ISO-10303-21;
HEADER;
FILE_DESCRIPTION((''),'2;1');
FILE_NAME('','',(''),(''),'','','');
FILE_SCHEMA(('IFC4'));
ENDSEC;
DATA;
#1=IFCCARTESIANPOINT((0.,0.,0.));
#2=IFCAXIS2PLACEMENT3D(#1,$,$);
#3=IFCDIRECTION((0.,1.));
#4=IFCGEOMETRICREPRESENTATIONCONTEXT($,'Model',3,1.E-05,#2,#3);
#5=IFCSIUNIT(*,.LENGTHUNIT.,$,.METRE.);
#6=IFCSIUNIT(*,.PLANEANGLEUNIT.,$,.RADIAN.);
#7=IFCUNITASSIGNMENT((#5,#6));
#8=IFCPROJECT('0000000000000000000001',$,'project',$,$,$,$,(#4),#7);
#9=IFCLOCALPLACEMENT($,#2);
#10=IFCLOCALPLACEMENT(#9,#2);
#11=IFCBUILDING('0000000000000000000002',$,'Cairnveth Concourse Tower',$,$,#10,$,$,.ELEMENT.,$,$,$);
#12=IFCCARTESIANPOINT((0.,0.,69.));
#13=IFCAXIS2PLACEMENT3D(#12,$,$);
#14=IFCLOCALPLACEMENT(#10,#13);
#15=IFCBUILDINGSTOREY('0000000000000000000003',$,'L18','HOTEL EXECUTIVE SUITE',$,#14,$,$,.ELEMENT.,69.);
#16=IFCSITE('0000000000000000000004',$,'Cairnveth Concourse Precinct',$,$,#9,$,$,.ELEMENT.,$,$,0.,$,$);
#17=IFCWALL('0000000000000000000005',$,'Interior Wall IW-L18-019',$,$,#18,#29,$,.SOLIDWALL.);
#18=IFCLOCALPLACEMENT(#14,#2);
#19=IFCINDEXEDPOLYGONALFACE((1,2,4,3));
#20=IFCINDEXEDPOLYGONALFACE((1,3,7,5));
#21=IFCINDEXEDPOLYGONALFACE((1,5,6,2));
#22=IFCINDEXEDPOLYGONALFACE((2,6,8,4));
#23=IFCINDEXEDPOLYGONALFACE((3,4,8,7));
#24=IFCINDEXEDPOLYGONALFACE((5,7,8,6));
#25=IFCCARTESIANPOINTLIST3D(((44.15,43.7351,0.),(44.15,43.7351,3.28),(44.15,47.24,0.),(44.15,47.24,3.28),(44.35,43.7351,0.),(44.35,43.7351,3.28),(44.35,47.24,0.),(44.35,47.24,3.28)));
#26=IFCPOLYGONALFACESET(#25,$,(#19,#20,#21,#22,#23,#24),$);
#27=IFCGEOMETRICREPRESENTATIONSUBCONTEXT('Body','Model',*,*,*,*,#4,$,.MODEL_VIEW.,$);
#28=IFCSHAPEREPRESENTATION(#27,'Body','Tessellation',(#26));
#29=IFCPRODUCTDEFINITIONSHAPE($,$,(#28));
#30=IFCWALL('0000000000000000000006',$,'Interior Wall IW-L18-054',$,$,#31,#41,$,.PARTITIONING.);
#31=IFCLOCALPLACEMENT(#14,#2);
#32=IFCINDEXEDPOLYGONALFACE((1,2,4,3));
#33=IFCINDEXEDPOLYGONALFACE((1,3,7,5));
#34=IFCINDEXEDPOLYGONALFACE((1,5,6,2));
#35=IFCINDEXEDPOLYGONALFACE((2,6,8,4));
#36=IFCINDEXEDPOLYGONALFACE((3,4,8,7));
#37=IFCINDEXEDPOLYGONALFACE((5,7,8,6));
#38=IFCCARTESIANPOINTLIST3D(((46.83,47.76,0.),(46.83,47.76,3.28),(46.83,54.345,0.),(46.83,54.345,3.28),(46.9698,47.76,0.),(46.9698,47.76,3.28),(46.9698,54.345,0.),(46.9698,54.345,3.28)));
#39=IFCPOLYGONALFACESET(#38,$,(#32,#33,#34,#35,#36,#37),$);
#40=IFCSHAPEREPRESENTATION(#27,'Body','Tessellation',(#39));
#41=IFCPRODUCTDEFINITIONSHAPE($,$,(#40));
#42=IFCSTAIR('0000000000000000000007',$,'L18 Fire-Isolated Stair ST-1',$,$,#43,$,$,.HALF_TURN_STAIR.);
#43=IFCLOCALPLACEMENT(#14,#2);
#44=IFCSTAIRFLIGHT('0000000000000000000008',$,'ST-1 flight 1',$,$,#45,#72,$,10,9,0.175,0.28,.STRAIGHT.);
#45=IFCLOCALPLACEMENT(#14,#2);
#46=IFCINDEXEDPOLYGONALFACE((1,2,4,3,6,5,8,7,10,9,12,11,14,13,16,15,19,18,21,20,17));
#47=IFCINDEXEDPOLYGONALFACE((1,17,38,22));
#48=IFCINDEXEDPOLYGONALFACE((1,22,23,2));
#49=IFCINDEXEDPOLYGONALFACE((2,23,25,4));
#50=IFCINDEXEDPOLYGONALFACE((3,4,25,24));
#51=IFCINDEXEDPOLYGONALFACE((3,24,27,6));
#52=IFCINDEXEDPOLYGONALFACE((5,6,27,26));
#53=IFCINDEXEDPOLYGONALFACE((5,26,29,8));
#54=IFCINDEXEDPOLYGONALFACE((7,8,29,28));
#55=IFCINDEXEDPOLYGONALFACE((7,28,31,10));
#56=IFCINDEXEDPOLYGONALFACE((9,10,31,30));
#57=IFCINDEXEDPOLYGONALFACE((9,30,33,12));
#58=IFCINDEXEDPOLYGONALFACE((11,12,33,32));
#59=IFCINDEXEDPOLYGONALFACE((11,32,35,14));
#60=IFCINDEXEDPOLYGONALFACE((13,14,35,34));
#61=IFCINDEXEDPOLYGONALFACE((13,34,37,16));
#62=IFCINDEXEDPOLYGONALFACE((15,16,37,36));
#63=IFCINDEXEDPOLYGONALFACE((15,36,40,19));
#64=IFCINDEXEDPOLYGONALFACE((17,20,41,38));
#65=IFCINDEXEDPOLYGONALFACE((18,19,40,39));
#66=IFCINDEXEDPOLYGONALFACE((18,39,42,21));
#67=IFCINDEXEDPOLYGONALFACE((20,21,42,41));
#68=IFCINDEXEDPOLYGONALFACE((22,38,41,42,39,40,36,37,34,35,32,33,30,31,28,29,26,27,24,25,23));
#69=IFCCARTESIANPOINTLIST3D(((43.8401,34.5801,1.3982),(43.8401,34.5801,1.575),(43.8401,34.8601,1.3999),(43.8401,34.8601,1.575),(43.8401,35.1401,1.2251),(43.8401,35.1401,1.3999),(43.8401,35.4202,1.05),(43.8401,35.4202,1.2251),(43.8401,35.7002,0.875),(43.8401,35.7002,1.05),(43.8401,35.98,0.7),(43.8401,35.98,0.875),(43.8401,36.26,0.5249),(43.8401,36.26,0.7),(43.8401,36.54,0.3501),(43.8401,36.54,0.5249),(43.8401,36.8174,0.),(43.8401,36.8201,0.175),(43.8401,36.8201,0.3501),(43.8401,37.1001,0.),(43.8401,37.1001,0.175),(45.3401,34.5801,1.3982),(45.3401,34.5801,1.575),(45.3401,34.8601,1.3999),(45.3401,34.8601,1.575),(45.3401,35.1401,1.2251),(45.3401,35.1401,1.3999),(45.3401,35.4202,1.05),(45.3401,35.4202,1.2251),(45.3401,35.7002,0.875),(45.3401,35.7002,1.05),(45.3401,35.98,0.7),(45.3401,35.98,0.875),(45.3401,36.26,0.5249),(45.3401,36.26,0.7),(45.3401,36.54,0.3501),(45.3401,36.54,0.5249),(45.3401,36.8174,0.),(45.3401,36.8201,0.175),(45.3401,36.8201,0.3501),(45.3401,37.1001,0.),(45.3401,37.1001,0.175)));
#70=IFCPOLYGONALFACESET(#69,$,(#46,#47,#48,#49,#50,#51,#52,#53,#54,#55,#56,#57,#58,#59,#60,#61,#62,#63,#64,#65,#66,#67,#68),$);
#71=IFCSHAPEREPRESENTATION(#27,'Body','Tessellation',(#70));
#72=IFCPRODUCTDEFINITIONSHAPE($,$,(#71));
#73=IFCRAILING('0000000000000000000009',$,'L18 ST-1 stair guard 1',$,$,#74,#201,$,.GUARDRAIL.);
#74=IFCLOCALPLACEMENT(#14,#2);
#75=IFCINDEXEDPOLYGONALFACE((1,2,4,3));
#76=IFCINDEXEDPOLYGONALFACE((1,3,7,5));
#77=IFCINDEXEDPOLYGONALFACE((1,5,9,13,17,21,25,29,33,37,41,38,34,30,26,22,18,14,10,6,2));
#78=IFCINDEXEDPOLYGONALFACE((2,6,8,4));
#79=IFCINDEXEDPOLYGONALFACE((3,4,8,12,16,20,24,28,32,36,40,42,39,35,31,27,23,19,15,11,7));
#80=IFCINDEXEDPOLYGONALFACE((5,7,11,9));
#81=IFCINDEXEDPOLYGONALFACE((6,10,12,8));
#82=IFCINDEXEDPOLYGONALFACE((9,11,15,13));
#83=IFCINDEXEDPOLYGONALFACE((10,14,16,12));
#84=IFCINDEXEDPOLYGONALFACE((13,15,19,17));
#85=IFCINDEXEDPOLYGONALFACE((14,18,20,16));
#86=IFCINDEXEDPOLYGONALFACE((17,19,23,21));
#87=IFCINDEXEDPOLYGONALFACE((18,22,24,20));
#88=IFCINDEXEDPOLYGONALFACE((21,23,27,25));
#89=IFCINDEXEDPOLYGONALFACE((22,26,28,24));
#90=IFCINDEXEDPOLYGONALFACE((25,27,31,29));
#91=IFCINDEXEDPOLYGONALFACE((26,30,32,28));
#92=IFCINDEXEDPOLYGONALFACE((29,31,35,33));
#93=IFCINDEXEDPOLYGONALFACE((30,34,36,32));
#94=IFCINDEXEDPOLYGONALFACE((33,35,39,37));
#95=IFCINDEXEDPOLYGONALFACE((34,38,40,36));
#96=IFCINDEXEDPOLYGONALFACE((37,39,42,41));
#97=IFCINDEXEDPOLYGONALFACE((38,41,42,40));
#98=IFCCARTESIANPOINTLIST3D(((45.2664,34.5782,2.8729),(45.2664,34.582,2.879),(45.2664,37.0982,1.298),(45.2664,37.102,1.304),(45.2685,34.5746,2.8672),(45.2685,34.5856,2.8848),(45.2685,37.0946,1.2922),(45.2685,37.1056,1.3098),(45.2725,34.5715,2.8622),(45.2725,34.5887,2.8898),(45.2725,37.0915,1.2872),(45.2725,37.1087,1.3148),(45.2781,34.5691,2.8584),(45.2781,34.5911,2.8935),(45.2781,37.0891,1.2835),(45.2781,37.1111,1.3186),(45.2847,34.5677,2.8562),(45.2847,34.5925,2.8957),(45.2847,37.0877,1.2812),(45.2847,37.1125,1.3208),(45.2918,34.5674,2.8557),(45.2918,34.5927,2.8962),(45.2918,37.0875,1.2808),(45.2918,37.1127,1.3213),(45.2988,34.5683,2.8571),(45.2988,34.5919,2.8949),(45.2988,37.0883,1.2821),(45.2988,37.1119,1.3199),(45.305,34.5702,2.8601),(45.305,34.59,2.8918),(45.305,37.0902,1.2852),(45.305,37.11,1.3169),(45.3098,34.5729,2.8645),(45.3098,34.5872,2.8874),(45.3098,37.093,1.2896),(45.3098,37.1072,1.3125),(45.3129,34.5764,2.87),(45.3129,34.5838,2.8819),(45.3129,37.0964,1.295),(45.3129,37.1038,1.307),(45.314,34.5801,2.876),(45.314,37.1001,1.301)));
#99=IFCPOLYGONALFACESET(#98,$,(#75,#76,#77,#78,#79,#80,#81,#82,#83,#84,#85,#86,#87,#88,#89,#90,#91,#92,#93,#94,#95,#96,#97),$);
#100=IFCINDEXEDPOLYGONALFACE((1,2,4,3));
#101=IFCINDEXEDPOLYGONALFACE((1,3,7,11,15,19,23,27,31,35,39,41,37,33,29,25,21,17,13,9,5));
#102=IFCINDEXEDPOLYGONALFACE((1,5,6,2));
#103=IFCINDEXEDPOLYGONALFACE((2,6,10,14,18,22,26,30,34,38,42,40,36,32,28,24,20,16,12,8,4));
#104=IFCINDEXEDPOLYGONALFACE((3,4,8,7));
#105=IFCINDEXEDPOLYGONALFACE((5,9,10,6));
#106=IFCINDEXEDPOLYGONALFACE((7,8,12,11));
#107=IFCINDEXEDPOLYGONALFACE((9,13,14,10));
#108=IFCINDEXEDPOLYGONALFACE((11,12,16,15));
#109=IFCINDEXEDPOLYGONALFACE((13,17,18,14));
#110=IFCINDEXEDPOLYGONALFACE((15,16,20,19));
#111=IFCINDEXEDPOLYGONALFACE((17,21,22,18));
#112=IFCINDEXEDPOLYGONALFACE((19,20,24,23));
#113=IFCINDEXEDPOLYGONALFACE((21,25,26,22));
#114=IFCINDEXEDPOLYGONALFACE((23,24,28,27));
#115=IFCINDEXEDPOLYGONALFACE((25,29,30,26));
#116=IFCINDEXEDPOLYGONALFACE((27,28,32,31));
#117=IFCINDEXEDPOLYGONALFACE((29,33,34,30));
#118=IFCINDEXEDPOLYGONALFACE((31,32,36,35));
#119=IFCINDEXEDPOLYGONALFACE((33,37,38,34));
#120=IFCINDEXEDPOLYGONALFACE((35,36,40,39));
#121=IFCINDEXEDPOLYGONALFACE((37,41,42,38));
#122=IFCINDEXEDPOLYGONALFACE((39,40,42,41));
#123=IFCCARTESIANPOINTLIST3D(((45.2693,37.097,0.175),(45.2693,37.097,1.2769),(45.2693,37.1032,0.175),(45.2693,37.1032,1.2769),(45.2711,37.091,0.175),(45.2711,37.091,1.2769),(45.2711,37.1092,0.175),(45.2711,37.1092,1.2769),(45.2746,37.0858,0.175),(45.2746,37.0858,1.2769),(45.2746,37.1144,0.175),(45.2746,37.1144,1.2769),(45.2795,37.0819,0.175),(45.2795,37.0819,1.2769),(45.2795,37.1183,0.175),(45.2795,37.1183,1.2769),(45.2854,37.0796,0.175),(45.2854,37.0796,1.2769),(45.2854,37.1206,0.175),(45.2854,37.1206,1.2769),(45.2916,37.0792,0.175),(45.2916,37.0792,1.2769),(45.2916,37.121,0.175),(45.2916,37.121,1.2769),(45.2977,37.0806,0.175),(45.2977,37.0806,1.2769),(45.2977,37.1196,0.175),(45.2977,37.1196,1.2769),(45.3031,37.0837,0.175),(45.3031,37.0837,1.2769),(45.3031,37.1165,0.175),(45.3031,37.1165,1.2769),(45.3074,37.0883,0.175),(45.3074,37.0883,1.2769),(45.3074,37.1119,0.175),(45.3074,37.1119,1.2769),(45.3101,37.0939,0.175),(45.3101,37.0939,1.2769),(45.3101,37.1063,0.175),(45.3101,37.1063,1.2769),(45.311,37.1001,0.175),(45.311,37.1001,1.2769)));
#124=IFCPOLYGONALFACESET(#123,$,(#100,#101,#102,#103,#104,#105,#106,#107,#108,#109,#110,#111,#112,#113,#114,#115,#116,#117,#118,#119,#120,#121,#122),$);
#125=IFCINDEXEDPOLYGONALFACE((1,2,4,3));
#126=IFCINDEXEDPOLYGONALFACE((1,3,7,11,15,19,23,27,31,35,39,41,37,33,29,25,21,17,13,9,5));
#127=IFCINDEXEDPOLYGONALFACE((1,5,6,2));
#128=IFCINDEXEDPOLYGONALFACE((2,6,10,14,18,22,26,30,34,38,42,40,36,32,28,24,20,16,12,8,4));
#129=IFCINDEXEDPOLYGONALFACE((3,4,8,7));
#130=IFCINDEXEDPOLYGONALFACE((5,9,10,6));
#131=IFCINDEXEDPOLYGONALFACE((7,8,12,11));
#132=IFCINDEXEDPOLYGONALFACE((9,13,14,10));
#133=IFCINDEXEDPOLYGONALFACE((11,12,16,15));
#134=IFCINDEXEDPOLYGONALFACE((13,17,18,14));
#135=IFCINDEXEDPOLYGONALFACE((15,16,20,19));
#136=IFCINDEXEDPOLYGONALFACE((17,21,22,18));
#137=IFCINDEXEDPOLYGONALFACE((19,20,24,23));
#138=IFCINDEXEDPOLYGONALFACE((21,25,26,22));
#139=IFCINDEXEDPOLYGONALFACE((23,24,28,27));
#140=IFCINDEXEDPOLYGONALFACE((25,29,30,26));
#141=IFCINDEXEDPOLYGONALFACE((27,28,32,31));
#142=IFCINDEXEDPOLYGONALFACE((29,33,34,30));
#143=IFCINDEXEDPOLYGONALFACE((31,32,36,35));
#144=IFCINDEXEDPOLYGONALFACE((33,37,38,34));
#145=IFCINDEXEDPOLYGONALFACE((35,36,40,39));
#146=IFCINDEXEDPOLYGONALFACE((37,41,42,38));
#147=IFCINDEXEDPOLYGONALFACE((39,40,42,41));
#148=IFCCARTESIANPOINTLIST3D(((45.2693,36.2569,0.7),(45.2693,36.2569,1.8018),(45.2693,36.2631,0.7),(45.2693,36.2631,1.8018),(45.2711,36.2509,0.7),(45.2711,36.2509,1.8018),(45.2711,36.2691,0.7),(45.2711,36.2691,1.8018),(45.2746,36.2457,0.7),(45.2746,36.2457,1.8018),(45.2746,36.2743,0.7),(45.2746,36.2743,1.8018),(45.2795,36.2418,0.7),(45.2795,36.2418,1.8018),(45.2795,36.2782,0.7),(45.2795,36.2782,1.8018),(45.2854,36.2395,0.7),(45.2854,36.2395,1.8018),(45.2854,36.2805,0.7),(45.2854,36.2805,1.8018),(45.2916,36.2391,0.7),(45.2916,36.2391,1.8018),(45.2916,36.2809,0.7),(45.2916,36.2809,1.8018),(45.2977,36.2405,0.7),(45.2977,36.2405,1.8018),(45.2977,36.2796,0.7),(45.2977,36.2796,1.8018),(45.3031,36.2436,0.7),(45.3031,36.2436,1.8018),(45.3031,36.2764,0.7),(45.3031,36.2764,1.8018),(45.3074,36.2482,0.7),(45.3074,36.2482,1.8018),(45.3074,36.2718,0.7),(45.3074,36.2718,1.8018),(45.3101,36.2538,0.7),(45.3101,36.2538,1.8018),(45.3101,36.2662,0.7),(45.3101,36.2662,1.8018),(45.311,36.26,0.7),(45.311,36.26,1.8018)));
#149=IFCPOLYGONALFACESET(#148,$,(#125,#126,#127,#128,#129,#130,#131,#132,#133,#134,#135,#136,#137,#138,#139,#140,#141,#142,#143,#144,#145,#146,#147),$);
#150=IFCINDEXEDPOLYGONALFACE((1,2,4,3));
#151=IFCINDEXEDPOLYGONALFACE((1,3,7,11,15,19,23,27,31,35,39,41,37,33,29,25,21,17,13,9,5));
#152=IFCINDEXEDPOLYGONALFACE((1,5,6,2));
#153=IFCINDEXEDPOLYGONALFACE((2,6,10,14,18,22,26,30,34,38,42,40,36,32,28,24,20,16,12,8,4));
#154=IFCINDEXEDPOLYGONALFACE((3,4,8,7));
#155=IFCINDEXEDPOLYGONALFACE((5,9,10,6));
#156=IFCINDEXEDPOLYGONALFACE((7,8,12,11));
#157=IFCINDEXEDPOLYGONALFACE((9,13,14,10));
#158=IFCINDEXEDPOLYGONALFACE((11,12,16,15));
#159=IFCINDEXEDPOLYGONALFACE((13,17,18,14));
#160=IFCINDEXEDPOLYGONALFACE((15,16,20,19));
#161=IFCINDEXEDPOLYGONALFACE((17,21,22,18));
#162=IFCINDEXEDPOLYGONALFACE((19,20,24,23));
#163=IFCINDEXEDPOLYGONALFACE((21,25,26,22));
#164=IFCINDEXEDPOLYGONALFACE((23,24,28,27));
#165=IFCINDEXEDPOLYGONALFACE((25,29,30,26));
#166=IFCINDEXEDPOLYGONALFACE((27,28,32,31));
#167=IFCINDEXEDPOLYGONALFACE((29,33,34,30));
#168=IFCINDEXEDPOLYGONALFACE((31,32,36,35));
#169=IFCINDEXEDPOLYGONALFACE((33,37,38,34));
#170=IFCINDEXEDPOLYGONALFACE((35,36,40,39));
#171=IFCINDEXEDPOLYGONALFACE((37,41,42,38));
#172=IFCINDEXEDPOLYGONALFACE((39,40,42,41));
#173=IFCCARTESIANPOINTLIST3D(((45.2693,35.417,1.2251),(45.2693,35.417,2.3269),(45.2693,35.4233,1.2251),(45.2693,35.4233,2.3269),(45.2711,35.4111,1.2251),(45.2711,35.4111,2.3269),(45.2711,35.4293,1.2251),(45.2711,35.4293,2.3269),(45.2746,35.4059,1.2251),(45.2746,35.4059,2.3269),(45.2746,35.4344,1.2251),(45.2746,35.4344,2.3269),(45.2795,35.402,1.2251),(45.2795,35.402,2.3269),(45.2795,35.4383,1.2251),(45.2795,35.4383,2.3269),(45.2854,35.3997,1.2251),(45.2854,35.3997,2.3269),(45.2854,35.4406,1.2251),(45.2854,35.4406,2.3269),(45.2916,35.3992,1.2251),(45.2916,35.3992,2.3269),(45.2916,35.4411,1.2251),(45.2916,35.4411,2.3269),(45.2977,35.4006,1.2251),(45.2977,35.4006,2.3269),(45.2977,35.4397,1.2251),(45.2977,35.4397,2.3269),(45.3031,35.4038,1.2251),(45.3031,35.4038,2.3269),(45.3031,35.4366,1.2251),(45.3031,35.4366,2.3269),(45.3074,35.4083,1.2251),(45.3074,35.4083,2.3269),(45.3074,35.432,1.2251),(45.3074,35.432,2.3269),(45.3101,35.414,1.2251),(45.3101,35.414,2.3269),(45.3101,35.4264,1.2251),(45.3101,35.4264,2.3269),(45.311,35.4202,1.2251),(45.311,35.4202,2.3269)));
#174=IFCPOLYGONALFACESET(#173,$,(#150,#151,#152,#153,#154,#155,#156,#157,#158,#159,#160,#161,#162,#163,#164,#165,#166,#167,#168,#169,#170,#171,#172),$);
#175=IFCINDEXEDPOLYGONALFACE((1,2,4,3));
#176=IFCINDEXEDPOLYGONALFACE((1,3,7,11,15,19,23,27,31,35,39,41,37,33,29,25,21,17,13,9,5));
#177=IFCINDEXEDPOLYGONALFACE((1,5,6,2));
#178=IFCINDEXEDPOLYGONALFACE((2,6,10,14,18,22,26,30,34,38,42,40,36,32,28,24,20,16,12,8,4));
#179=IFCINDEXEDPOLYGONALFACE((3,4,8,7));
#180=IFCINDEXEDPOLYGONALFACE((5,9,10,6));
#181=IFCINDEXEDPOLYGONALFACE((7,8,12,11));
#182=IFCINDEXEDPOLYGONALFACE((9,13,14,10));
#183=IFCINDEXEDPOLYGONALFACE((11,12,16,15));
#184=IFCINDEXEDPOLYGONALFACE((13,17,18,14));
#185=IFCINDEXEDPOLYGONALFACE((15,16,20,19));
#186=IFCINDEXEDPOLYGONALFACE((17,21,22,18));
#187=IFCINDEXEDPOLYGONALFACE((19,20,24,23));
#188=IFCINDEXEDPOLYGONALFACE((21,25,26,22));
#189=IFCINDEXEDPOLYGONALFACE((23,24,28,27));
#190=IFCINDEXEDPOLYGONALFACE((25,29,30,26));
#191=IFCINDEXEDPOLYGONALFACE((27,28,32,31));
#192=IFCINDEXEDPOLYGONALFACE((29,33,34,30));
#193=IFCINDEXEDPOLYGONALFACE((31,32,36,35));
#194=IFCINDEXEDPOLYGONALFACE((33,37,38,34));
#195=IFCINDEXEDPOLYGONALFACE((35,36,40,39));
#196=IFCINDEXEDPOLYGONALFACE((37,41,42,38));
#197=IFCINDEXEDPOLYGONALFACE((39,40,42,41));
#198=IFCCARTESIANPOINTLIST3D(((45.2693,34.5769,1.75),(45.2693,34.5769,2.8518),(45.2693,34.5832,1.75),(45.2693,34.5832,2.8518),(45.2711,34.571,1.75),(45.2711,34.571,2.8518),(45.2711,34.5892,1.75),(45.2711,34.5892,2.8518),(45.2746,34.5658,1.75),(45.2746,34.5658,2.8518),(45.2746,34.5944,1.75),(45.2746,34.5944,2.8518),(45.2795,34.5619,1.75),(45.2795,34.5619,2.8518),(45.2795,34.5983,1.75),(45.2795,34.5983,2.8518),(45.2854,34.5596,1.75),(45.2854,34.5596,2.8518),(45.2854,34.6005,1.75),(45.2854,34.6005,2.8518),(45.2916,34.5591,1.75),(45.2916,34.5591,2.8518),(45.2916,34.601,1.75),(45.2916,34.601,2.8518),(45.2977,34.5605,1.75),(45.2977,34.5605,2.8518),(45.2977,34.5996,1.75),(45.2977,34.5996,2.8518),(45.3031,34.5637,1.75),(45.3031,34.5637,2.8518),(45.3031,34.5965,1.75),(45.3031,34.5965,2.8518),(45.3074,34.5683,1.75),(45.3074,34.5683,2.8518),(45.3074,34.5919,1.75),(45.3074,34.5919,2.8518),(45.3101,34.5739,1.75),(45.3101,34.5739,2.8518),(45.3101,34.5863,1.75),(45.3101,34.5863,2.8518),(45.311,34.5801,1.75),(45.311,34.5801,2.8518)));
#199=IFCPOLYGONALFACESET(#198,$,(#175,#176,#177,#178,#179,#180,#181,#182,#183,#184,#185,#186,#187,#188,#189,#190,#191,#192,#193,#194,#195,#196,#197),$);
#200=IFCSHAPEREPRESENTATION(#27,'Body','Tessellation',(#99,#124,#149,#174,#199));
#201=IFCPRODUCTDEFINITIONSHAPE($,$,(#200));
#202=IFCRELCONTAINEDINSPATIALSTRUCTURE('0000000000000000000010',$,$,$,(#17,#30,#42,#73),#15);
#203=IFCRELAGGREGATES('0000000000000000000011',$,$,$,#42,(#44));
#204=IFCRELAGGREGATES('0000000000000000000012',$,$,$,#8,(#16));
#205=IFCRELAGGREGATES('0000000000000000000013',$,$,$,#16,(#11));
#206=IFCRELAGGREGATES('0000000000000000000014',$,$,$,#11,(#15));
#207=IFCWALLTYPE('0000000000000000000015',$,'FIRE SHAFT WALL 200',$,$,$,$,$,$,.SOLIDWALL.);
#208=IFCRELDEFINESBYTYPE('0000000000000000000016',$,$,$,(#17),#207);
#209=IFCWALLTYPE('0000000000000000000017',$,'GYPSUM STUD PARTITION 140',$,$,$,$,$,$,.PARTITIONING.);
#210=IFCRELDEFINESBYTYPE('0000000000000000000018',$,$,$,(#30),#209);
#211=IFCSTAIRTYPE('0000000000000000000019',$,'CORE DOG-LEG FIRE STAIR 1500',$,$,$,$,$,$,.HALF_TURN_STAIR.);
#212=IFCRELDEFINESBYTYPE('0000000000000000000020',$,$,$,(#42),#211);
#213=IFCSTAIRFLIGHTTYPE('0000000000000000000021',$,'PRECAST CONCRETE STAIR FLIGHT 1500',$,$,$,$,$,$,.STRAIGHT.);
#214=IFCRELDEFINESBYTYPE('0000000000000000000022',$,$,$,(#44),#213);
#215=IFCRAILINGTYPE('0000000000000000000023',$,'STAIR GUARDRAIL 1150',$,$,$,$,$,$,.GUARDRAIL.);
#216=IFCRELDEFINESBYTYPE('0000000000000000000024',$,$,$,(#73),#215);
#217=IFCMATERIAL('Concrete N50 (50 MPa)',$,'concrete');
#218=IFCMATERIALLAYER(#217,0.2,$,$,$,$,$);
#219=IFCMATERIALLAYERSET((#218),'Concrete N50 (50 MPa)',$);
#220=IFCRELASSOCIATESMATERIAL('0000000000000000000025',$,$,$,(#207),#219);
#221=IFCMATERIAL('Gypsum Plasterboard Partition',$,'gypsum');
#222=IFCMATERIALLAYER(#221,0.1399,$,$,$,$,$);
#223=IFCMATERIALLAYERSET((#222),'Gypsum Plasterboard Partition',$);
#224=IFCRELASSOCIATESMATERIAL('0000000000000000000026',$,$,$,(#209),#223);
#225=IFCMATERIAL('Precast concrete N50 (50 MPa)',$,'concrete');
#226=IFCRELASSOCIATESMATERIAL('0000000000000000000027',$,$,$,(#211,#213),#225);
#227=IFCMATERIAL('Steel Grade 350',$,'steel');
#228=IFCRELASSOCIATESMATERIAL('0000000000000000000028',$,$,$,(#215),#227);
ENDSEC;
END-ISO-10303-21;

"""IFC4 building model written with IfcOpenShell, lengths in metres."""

from ifc_helpers import new_model, si_unit, direction, frame, frame_2d, origin, origin_2d, place, context, subcontext, project, spatial, polyline, rectangle, circle, outline, extrude, material, layer, layer_set, type_object, element, aggregate, save


model = new_model("IFC4")

# Units and contexts
model_context = context("Model", 3, precision=1e-05, world=origin(), true_north=direction((0.0, 1.0)))
body_context = subcontext(model_context, "Body", "Model", "MODEL_VIEW")
ifc_project = project(units=[si_unit("LENGTHUNIT", "METRE"), si_unit("PLANEANGLEUNIT", "RADIAN")], contexts=[model_context])

# Site, building, storey
site_placement = place(None, origin())
site = spatial("IfcSite", under=ifc_project, at=site_placement, Name="Cairnveth Concourse Precinct", CompositionType="ELEMENT", RefElevation=0.0)
building_placement = place(site_placement, origin())
building = spatial("IfcBuilding", under=site, at=building_placement, Name="Cairnveth Concourse Tower", CompositionType="ELEMENT")
storey_placement = place(building_placement, frame((0.0, 0.0, 69.0)))
storey = spatial("IfcBuildingStorey", under=building, at=storey_placement, Name="L18", Description="HOTEL EXECUTIVE SUITE", CompositionType="ELEMENT", Elevation=69.0)

# Shared definitions
ifc_material_1 = material(Name="Steel Grade 350", Category="steel")

# Shared definitions
ifc_material_2 = material(Name="Concrete N50 (50 MPa)", Category="concrete")

# Shared definitions
ifc_layer_1 = layer(ifc_material_2, 0.2)
ifc_layer_set_1 = layer_set([ifc_layer_1], Name="Concrete N50 (50 MPa)")
wall_type_1 = type_object("IfcWallType", Name="FIRE SHAFT WALL 200", PredefinedType="SOLIDWALL", material=ifc_layer_set_1)

# Walls
for number, where, z_axis, x_axis, name in (
    (1, (44.25, 43.7351, 0.0), (0.0, 0.0, 1.0), (0.0, 1.0, 0.0), "Interior Wall IW-L18-019"),
):
    element("IfcWall", number, at=place(storey_placement, frame(where, z_axis=z_axis, x_axis=x_axis)), inside=storey, type_object=wall_type_1, Name=name, PredefinedType="SOLIDWALL", context=body_context, shape_type="SweptSolid", body=[
        extrude(rectangle(XDim=3.5049, YDim=0.2, at=frame_2d((1.7524, 0.0))), origin(), (0.0, 0.0, 1.0), 3.28),
    ])
ifc_material_3 = material(Name="Gypsum Plasterboard Partition", Category="gypsum")
ifc_layer_2 = layer(ifc_material_3, 0.1399)
ifc_layer_set_2 = layer_set([ifc_layer_2], Name="Gypsum Plasterboard Partition")
wall_type_2 = type_object("IfcWallType", Name="GYPSUM STUD PARTITION 140", PredefinedType="PARTITIONING", material=ifc_layer_set_2)
wall_1_placement = place(storey_placement, frame((46.8999, 47.76, 0.0), z_axis=(0.0, 0.0, 1.0), x_axis=(0.0, 1.0, 0.0)))
element("IfcWall", 2, at=wall_1_placement, inside=storey, type_object=wall_type_2, Name="Interior Wall IW-L18-054", PredefinedType="PARTITIONING", context=body_context, shape_type="SweptSolid", body=[
    extrude(rectangle(XDim=6.585, YDim=0.1399, at=frame_2d((3.2925, 0.0))), origin(), (0.0, 0.0, 1.0), 3.28),
])

# Stair, stair flight
ifc_material_4 = material(Name="Precast concrete N50 (50 MPa)", Category="concrete")
stair_type = type_object("IfcStairType", Name="CORE DOG-LEG FIRE STAIR 1500", PredefinedType="HALF_TURN_STAIR", material=ifc_material_4)
stair_placement = place(storey_placement, origin())
stair = element("IfcStair", 3, at=stair_placement, inside=storey, type_object=stair_type, Name="L18 Fire-Isolated Stair ST-1", PredefinedType="HALF_TURN_STAIR")
stair_flight_type = type_object("IfcStairFlightType", Name="PRECAST CONCRETE STAIR FLIGHT 1500", PredefinedType="STRAIGHT", material=ifc_material_4)
stair_flight_placement = place(storey_placement, frame((44.5901, 37.1001, 0.0), z_axis=(0.0, 0.0, 1.0), x_axis=(0.0, -1.0, 0.0)))
stair_flight = element("IfcStairFlight", 4, at=stair_flight_placement, type_object=stair_flight_type, Name="ST-1 flight 1", NumberOfRisers=10, NumberOfTreads=9, PredefinedType="STRAIGHT", RiserHeight=0.175, TreadLength=0.28, context=body_context, shape_type="SweptSolid", body=[
    extrude(outline(polyline([(0.0, 0.0), (0.0, 0.175), (0.28, 0.175), (0.28, 0.3501), (0.5601, 0.3501), (0.5601, 0.5249), (0.8401, 0.5249), (0.8401, 0.7), (1.1201, 0.7), (1.1201, 0.875), (1.3999, 0.875), (1.3999, 1.05), (1.6799, 1.05), (1.6799, 1.2251), (1.96, 1.2251), (1.96, 1.3999), (2.24, 1.3999), (2.24, 1.575), (2.52, 1.575), (2.52, 1.75), (2.52, 1.3982), (0.2827, 0.0), (0.0, 0.0)])), frame((0.0, 0.75, 0.0), z_axis=(0.0, -1.0, 0.0), x_axis=(1.0, 0.0, 0.0)), (0.0, 0.0, 1.0), 1.5),
])
aggregate(stair, [stair_flight])

# Railing
railing_type_1 = type_object("IfcRailingType", Name="STAIR GUARDRAIL 1150", PredefinedType="GUARDRAIL", material=ifc_material_1)
railing_1_placement = place(storey_placement, frame((45.29, 37.1001, 0.175)))
element("IfcRailing", 5, at=railing_1_placement, inside=storey, type_object=railing_type_1, Name="L18 ST-1 stair guard 1", PredefinedType="GUARDRAIL", context=body_context, shape_type="SweptSolid", body=[
    extrude(circle(Radius=0.0239, at=origin_2d()), frame((0.0, 0.0, 1.126), z_axis=(0.0, -0.848008, 0.529984), x_axis=(1.0, 0.0, 0.0)), (0.0, 0.0, 1.0), 2.9717),
    extrude(circle(Radius=0.021, at=origin_2d()), origin(), (0.0, 0.0, 1.0), 1.1018),
    extrude(circle(Radius=0.021, at=origin_2d()), frame((0.0, -0.8401, 0.5249)), (0.0, 0.0, 1.0), 1.1018),
    extrude(circle(Radius=0.021, at=origin_2d()), frame((0.0, -1.6799, 1.05)), (0.0, 0.0, 1.0), 1.1018),
    extrude(circle(Radius=0.021, at=origin_2d()), frame((0.0, -2.52, 1.575)), (0.0, 0.0, 1.0), 1.1018),
])

save(model, "model.ifc")
